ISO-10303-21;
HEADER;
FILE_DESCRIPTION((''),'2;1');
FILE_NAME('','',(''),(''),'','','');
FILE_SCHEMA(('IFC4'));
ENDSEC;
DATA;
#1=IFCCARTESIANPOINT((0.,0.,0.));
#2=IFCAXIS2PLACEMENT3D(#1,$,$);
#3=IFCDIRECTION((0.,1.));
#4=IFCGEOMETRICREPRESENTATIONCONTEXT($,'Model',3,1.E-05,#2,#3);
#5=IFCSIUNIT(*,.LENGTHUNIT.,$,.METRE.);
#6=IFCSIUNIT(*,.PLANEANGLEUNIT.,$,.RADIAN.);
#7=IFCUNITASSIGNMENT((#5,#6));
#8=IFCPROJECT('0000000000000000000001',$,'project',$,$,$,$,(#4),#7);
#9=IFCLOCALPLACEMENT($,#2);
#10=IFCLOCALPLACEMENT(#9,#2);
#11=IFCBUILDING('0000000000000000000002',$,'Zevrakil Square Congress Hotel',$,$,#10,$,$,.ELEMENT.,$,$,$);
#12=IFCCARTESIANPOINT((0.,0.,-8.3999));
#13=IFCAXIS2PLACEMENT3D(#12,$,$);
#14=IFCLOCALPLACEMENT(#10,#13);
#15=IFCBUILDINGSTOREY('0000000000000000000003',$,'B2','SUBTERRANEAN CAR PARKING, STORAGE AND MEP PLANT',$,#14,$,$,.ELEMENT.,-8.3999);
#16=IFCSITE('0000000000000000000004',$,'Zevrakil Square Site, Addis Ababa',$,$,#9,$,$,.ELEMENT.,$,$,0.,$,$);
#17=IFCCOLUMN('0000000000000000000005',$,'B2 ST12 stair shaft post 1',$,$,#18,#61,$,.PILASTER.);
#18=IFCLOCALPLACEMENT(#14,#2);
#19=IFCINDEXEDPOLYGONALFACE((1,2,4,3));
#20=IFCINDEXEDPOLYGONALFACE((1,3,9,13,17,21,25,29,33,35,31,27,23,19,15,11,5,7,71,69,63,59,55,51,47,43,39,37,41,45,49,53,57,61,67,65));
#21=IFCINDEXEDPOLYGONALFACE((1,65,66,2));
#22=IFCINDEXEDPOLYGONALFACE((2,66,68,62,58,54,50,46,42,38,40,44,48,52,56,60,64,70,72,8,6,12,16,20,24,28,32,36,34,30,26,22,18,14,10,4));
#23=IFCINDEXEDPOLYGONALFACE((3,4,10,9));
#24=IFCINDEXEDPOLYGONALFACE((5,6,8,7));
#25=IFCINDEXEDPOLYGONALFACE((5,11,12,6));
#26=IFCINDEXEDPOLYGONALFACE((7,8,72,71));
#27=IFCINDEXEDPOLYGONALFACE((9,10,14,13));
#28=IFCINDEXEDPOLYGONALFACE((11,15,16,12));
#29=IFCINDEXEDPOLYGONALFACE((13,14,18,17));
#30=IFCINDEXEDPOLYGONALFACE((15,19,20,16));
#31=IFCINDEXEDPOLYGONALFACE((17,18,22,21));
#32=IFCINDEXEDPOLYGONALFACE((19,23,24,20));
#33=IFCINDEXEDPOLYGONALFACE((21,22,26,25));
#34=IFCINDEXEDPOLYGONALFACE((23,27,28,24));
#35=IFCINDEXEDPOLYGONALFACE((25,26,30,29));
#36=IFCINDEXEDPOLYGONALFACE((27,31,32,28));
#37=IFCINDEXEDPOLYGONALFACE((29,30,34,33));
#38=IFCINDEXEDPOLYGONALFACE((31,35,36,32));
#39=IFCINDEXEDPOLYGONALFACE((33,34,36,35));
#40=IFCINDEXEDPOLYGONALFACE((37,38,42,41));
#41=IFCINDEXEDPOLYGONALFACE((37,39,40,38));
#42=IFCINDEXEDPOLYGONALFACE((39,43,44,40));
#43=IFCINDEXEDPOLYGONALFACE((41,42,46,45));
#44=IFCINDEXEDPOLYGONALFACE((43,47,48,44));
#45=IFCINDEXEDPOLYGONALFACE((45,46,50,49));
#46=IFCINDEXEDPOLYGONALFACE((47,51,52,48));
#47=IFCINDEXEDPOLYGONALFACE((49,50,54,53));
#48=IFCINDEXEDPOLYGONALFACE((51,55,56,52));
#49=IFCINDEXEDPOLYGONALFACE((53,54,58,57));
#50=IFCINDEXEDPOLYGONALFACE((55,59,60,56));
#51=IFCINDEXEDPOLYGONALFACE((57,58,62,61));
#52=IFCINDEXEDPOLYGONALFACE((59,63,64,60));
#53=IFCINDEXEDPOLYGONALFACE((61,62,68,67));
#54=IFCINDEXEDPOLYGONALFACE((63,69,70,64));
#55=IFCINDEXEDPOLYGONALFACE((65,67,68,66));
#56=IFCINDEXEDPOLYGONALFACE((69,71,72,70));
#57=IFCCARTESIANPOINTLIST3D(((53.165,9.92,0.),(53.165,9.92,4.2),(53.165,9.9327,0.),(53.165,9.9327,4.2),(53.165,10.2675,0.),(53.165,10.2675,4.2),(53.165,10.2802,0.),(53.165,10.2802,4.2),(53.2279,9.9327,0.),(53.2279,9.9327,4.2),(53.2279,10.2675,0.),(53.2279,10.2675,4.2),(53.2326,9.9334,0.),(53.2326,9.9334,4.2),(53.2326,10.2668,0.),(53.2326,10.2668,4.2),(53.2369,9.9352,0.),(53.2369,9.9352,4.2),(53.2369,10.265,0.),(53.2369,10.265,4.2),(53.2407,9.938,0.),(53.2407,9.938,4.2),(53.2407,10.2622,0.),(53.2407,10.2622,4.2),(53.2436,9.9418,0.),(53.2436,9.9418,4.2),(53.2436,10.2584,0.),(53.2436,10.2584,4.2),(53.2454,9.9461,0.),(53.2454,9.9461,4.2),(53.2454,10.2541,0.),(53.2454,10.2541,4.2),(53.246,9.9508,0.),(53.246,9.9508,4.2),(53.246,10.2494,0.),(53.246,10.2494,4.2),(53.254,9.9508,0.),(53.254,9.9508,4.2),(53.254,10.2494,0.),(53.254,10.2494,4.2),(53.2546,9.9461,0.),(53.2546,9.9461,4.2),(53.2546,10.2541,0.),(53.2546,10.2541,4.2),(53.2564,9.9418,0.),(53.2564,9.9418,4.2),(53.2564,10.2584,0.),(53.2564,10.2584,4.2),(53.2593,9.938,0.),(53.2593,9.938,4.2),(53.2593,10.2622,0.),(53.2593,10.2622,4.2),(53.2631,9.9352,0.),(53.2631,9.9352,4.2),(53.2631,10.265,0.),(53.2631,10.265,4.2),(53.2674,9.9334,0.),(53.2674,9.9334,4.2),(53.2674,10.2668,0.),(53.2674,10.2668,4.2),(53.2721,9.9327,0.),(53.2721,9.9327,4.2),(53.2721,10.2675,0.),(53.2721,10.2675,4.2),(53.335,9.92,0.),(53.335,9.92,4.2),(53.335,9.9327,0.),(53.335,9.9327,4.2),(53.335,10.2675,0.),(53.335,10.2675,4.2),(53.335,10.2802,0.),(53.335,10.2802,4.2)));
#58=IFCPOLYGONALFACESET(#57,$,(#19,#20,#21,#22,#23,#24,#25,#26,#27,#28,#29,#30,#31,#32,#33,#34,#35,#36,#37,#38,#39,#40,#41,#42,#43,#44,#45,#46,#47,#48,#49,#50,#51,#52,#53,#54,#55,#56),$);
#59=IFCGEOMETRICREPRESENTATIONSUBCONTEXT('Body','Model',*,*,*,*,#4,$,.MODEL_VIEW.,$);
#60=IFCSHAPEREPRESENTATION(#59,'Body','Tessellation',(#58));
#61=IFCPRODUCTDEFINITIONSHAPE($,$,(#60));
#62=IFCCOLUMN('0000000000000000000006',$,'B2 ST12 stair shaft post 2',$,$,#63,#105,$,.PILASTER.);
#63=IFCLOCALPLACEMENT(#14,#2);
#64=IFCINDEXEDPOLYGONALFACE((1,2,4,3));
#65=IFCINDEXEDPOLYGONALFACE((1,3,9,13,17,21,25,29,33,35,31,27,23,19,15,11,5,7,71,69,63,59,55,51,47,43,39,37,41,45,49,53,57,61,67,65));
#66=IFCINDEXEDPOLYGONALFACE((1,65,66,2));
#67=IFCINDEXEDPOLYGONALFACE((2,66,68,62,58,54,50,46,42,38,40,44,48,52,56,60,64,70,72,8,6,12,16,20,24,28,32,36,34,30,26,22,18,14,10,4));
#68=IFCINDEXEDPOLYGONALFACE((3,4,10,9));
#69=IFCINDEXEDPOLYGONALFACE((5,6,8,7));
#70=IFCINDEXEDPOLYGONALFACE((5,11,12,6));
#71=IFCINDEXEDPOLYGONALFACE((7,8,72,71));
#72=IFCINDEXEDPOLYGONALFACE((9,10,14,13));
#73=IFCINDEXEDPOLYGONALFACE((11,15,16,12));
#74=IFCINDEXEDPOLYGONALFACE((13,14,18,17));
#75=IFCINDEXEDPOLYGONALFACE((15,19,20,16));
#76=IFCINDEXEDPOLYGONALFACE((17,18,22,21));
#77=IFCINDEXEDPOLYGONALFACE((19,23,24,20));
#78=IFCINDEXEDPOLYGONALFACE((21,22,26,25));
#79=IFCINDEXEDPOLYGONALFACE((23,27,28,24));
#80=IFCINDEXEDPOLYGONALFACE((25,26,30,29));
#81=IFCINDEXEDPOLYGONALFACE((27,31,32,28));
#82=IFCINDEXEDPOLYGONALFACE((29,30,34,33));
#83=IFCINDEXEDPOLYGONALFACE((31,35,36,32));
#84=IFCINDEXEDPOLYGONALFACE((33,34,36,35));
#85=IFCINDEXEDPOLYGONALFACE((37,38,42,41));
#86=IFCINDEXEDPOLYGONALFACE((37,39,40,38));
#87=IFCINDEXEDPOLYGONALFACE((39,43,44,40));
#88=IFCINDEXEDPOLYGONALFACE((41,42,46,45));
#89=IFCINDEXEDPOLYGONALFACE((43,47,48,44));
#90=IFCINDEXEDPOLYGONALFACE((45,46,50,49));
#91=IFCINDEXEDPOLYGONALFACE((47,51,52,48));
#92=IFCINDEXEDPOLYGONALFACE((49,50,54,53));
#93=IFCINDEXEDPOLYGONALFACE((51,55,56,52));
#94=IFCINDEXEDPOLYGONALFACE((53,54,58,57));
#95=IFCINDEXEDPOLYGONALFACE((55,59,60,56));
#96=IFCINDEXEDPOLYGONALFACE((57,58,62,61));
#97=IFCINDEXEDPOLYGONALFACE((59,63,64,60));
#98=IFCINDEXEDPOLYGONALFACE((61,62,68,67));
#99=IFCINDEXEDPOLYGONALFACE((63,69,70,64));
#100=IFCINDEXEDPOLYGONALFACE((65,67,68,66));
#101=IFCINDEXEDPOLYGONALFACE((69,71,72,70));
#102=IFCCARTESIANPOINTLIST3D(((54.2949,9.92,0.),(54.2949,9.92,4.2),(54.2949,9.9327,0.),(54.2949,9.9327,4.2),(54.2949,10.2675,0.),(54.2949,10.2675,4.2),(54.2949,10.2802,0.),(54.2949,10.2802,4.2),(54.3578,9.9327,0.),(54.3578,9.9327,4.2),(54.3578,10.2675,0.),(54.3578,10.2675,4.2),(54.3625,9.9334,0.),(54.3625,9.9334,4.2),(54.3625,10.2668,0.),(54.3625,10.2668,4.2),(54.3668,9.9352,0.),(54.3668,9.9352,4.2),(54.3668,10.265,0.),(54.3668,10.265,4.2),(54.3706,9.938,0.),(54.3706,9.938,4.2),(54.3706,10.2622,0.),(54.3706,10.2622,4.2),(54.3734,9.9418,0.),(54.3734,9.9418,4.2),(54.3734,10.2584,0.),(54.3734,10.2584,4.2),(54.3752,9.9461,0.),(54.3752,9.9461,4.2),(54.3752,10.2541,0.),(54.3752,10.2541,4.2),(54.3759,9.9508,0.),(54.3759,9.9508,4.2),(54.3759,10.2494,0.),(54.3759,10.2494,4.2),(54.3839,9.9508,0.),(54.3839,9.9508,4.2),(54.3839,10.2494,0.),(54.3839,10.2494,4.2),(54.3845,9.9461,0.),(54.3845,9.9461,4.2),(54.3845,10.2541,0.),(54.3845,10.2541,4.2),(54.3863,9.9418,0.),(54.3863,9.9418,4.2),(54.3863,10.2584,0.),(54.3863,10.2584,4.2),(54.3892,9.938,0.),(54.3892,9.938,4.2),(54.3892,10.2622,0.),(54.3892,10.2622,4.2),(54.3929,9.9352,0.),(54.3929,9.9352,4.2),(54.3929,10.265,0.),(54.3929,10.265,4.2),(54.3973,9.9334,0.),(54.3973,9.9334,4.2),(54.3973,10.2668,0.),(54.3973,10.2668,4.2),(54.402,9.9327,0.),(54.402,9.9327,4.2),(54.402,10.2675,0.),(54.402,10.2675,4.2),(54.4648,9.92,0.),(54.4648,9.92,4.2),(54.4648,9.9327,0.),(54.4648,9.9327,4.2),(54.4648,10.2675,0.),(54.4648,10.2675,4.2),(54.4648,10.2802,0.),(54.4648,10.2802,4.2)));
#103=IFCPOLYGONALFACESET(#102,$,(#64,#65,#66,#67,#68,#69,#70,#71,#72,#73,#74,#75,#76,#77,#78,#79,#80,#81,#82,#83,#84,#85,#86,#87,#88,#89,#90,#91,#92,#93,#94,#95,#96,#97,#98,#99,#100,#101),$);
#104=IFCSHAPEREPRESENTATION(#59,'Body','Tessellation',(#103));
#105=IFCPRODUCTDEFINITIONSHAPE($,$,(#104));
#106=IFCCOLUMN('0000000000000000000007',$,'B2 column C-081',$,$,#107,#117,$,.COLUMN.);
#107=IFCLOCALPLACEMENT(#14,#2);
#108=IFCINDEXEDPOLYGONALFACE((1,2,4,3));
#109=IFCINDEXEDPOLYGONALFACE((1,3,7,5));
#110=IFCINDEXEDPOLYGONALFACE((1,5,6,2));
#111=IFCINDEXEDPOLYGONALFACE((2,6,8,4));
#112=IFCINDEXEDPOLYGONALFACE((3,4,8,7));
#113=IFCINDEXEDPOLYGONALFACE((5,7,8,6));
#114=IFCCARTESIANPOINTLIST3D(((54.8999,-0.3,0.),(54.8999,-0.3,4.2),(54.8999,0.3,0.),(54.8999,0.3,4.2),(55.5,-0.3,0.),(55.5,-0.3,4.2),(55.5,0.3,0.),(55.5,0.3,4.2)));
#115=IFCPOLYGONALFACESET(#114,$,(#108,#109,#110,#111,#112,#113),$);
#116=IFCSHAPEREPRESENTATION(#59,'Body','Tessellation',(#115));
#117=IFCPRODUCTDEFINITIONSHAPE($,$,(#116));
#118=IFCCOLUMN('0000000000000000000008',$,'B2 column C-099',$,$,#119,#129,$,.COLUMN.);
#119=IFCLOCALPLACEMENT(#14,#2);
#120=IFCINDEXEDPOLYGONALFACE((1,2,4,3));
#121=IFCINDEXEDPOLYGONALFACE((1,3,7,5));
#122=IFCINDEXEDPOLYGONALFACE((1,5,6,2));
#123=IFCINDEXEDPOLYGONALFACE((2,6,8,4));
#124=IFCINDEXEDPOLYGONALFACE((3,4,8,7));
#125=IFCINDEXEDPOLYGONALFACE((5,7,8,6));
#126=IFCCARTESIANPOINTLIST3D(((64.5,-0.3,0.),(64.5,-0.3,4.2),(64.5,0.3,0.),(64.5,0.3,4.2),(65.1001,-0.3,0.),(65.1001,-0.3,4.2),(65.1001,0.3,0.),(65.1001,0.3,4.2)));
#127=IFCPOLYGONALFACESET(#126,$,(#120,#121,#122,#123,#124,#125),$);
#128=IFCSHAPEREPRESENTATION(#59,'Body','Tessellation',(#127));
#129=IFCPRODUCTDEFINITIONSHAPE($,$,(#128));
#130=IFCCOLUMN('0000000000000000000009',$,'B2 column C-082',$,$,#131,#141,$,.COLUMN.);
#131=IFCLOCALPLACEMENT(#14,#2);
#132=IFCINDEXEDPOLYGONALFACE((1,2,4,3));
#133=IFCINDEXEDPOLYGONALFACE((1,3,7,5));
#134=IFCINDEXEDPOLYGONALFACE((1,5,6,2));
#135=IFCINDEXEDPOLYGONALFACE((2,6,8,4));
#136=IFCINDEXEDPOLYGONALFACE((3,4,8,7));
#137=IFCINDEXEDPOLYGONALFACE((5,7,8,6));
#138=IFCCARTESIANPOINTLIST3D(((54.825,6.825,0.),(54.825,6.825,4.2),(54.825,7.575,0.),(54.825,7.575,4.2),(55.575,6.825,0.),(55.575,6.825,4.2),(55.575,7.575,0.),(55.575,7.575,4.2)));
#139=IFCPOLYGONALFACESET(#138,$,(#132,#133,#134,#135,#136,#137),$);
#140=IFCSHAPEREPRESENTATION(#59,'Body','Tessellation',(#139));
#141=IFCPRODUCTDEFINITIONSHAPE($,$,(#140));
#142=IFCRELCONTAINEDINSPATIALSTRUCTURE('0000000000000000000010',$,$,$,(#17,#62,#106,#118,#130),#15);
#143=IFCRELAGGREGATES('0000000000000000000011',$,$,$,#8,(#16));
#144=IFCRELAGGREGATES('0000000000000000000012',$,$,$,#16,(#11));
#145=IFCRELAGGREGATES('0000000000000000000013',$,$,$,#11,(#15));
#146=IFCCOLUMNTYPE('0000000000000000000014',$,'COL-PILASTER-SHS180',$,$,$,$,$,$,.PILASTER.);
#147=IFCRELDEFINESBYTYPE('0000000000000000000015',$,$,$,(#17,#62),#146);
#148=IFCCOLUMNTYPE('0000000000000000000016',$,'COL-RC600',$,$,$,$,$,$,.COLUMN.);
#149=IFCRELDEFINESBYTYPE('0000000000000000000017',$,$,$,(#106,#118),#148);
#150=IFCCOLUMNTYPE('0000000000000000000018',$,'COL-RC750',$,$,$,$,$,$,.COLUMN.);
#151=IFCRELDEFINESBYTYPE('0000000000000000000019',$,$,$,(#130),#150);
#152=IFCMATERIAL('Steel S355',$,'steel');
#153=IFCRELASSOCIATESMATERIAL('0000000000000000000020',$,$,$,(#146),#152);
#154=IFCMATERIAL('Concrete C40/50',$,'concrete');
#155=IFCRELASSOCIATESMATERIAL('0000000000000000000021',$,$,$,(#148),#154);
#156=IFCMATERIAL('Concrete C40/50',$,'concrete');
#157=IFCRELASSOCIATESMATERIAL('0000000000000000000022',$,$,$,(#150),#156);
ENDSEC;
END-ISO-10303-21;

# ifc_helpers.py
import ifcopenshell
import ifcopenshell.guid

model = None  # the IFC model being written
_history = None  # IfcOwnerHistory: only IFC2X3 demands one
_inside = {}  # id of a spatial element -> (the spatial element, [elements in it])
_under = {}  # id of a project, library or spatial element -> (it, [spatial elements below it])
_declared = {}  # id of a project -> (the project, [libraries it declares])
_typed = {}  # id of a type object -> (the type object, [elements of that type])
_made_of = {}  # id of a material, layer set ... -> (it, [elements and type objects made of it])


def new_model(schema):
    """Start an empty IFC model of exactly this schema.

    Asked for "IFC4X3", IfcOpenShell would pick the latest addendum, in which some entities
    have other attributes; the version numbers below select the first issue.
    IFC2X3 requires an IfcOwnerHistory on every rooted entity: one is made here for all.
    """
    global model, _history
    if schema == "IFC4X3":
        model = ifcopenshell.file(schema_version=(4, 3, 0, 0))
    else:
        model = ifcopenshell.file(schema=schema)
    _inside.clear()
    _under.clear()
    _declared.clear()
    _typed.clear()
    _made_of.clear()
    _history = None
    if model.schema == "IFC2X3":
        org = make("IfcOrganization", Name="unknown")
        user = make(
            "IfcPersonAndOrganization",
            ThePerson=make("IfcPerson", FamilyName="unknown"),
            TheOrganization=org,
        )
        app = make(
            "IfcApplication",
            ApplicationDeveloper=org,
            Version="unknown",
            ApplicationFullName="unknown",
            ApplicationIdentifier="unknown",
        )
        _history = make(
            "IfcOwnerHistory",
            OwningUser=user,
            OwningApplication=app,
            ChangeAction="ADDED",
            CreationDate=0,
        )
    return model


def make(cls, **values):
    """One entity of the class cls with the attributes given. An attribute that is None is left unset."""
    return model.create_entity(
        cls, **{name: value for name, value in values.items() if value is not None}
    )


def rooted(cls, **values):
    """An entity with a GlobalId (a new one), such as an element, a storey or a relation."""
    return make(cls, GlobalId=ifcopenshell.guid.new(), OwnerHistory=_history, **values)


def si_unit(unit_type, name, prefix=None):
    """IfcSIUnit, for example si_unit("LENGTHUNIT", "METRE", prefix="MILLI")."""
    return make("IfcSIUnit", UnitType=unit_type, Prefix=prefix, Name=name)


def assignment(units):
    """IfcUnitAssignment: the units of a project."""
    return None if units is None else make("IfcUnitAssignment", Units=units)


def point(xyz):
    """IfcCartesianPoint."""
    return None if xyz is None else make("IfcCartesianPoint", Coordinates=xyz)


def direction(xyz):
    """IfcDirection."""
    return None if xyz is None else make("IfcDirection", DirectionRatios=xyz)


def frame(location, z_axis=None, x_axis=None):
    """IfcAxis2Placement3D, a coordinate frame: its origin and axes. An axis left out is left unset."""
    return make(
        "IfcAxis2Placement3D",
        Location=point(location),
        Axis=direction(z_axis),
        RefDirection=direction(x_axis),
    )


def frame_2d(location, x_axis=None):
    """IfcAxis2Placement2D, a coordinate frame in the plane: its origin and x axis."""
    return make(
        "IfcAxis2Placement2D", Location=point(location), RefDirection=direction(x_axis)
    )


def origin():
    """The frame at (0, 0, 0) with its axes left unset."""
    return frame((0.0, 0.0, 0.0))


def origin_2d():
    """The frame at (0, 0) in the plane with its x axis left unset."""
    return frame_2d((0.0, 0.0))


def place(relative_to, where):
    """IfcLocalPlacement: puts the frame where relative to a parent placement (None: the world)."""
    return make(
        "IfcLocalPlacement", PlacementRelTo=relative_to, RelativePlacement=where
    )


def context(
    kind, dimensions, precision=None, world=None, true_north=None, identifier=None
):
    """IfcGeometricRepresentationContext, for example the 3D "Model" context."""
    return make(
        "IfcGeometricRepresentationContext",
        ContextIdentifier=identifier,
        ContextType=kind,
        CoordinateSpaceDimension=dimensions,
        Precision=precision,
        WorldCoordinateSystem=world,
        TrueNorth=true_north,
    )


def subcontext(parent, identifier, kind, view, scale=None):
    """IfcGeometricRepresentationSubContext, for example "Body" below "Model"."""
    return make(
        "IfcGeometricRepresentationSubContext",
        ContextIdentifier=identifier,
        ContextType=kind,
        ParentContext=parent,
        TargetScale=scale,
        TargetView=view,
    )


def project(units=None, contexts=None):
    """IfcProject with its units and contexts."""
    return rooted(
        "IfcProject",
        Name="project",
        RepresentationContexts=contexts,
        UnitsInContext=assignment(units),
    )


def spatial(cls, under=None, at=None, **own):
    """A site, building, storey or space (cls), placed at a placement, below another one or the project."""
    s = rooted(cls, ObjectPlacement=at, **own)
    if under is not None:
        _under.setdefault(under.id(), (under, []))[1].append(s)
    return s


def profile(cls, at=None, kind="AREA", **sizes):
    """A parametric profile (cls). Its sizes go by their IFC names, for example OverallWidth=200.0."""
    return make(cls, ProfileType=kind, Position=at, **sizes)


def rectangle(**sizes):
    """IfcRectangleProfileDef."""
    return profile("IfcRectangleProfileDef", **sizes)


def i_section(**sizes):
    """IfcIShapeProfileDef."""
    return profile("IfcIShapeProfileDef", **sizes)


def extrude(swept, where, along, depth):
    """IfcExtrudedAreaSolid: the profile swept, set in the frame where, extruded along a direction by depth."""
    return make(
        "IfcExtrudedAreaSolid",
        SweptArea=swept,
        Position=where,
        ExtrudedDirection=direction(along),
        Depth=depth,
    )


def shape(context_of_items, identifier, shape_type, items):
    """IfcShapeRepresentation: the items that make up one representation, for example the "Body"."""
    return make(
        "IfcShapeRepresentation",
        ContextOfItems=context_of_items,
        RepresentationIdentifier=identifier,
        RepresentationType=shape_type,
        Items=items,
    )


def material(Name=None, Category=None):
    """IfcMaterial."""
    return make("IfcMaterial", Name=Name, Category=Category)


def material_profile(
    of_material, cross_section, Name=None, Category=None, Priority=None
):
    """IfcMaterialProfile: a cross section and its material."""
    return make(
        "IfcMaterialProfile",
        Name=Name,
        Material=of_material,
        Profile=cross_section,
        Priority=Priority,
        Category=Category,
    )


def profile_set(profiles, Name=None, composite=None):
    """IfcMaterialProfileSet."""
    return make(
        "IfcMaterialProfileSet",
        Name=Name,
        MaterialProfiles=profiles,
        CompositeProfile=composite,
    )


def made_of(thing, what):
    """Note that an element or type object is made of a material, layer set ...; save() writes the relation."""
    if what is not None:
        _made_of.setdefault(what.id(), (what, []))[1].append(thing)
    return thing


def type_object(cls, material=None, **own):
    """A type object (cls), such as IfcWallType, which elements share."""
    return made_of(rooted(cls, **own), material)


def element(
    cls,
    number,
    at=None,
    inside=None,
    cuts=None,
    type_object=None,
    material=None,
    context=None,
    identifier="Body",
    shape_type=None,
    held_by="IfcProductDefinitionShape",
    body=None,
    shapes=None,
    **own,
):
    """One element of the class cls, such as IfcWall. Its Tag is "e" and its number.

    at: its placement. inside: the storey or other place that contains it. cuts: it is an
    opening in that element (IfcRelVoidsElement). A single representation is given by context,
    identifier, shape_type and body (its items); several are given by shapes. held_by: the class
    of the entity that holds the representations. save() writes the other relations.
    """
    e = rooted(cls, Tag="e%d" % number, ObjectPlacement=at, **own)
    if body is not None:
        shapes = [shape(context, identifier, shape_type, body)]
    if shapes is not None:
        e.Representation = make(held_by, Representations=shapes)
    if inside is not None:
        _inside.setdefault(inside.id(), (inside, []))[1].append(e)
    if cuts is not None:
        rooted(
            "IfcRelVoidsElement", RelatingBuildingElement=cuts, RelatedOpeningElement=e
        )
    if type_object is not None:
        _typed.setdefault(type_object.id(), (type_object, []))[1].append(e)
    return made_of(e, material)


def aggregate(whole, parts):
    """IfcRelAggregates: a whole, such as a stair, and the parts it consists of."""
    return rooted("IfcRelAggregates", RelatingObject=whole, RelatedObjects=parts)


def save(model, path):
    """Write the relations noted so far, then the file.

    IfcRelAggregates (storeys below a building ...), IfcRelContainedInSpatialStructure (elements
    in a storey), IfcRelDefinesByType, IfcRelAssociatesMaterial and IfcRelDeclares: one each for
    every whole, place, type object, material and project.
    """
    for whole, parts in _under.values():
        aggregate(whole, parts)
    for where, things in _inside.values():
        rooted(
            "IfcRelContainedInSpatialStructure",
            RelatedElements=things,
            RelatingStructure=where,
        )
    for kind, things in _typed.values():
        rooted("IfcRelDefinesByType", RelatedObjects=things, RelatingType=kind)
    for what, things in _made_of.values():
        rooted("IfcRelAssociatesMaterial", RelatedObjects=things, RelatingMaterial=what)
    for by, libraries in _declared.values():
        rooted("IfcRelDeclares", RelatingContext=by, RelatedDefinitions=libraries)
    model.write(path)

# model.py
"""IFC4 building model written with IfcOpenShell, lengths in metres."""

from ifc_helpers import new_model, si_unit, direction, frame, origin, origin_2d, place, context, subcontext, project, spatial, rectangle, i_section, extrude, material, material_profile, profile_set, type_object, element, save


model = new_model("IFC4")

# Units and contexts
model_context = context("Model", 3, precision=1e-05, world=origin(), true_north=direction((0.0, 1.0)))
body_context = subcontext(model_context, "Body", "Model", "MODEL_VIEW")
ifc_project = project(units=[si_unit("LENGTHUNIT", "METRE"), si_unit("PLANEANGLEUNIT", "RADIAN")], contexts=[model_context])

# Site, building, storey
site_placement = place(None, origin())
site = spatial("IfcSite", under=ifc_project, at=site_placement, Name="Zevrakil Square Site, Addis Ababa", CompositionType="ELEMENT", RefElevation=0.0)
building_placement = place(site_placement, origin())
building = spatial("IfcBuilding", under=site, at=building_placement, Name="Zevrakil Square Congress Hotel", CompositionType="ELEMENT")
storey_placement = place(building_placement, frame((0.0, 0.0, -8.3999)))
storey = spatial("IfcBuildingStorey", under=building, at=storey_placement, Name="B2", Description="SUBTERRANEAN CAR PARKING, STORAGE AND MEP PLANT", CompositionType="ELEMENT", Elevation=-8.3999)

# Columns
ifc_material_1 = material(Name="Steel S355", Category="steel")
ifc_material_profile_1 = material_profile(ifc_material_1, i_section(OverallWidth=0.1699, OverallDepth=0.3601, WebThickness=0.0081, FlangeThickness=0.0127, FilletRadius=0.0181, at=origin_2d()), Name="IPE 360")
ifc_profile_set_1 = profile_set([ifc_material_profile_1], Name="Steel S355")
column_type_1 = type_object("IfcColumnType", Name="COL-PILASTER-SHS180", PredefinedType="PILASTER", material=ifc_profile_set_1)
for number, where, z_axis, x_axis, name in (
    (1, (53.25, 10.1001, 0.0), (0.0, 0.0, 1.0), (1.0, 0.0, 0.0), "B2 ST12 stair shaft post 1"),
    (2, (54.3799, 10.1001, 0.0), (0.0, 0.0, 1.0), (1.0, 0.0, 0.0), "B2 ST12 stair shaft post 2"),
):
    element("IfcColumn", number, at=place(storey_placement, frame(where, z_axis=z_axis, x_axis=x_axis)), inside=storey, type_object=column_type_1, Name=name, PredefinedType="PILASTER", context=body_context, shape_type="SweptSolid", body=[
        extrude(i_section(OverallWidth=0.1699, OverallDepth=0.3601, WebThickness=0.0081, FlangeThickness=0.0127, FilletRadius=0.0181, at=origin_2d()), origin(), (0.0, 0.0, 1.0), 4.2),
    ])
ifc_material_2 = material(Name="Concrete C40/50", Category="concrete")
ifc_material_profile_2 = material_profile(ifc_material_2, rectangle(XDim=0.6001, YDim=0.6001, at=origin_2d()), Name="RC 600x600")
ifc_profile_set_2 = profile_set([ifc_material_profile_2], Name="Concrete C40/50")
column_type_2 = type_object("IfcColumnType", Name="COL-RC600", PredefinedType="COLUMN", material=ifc_profile_set_2)
for number, where, z_axis, x_axis, name in (
    (3, (55.2, 0.0, 0.0), (0.0, 0.0, 1.0), (1.0, 0.0, 0.0), "B2 column C-081"),
    (4, (64.8, 0.0, 0.0), (0.0, 0.0, 1.0), (1.0, 0.0, 0.0), "B2 column C-099"),
):
    element("IfcColumn", number, at=place(storey_placement, frame(where, z_axis=z_axis, x_axis=x_axis)), inside=storey, type_object=column_type_2, Name=name, PredefinedType="COLUMN", context=body_context, shape_type="SweptSolid", body=[
        extrude(rectangle(XDim=0.6001, YDim=0.6001, at=origin_2d()), origin(), (0.0, 0.0, 1.0), 4.2),
    ])
ifc_material_3 = material(Name="Concrete C40/50", Category="concrete")
ifc_material_profile_3 = material_profile(ifc_material_3, rectangle(XDim=0.75, YDim=0.75, at=origin_2d()), Name="RC 750x750")
ifc_profile_set_3 = profile_set([ifc_material_profile_3], Name="Concrete C40/50")
column_type_3 = type_object("IfcColumnType", Name="COL-RC750", PredefinedType="COLUMN", material=ifc_profile_set_3)
column_placement = place(storey_placement, frame((55.2, 7.2, 0.0), z_axis=(0.0, 0.0, 1.0), x_axis=(1.0, 0.0, 0.0)))
element("IfcColumn", 5, at=column_placement, inside=storey, type_object=column_type_3, Name="B2 column C-082", PredefinedType="COLUMN", context=body_context, shape_type="SweptSolid", body=[
    extrude(rectangle(XDim=0.75, YDim=0.75, at=origin_2d()), origin(), (0.0, 0.0, 1.0), 4.2),
])

save(model, "model.ifc")
